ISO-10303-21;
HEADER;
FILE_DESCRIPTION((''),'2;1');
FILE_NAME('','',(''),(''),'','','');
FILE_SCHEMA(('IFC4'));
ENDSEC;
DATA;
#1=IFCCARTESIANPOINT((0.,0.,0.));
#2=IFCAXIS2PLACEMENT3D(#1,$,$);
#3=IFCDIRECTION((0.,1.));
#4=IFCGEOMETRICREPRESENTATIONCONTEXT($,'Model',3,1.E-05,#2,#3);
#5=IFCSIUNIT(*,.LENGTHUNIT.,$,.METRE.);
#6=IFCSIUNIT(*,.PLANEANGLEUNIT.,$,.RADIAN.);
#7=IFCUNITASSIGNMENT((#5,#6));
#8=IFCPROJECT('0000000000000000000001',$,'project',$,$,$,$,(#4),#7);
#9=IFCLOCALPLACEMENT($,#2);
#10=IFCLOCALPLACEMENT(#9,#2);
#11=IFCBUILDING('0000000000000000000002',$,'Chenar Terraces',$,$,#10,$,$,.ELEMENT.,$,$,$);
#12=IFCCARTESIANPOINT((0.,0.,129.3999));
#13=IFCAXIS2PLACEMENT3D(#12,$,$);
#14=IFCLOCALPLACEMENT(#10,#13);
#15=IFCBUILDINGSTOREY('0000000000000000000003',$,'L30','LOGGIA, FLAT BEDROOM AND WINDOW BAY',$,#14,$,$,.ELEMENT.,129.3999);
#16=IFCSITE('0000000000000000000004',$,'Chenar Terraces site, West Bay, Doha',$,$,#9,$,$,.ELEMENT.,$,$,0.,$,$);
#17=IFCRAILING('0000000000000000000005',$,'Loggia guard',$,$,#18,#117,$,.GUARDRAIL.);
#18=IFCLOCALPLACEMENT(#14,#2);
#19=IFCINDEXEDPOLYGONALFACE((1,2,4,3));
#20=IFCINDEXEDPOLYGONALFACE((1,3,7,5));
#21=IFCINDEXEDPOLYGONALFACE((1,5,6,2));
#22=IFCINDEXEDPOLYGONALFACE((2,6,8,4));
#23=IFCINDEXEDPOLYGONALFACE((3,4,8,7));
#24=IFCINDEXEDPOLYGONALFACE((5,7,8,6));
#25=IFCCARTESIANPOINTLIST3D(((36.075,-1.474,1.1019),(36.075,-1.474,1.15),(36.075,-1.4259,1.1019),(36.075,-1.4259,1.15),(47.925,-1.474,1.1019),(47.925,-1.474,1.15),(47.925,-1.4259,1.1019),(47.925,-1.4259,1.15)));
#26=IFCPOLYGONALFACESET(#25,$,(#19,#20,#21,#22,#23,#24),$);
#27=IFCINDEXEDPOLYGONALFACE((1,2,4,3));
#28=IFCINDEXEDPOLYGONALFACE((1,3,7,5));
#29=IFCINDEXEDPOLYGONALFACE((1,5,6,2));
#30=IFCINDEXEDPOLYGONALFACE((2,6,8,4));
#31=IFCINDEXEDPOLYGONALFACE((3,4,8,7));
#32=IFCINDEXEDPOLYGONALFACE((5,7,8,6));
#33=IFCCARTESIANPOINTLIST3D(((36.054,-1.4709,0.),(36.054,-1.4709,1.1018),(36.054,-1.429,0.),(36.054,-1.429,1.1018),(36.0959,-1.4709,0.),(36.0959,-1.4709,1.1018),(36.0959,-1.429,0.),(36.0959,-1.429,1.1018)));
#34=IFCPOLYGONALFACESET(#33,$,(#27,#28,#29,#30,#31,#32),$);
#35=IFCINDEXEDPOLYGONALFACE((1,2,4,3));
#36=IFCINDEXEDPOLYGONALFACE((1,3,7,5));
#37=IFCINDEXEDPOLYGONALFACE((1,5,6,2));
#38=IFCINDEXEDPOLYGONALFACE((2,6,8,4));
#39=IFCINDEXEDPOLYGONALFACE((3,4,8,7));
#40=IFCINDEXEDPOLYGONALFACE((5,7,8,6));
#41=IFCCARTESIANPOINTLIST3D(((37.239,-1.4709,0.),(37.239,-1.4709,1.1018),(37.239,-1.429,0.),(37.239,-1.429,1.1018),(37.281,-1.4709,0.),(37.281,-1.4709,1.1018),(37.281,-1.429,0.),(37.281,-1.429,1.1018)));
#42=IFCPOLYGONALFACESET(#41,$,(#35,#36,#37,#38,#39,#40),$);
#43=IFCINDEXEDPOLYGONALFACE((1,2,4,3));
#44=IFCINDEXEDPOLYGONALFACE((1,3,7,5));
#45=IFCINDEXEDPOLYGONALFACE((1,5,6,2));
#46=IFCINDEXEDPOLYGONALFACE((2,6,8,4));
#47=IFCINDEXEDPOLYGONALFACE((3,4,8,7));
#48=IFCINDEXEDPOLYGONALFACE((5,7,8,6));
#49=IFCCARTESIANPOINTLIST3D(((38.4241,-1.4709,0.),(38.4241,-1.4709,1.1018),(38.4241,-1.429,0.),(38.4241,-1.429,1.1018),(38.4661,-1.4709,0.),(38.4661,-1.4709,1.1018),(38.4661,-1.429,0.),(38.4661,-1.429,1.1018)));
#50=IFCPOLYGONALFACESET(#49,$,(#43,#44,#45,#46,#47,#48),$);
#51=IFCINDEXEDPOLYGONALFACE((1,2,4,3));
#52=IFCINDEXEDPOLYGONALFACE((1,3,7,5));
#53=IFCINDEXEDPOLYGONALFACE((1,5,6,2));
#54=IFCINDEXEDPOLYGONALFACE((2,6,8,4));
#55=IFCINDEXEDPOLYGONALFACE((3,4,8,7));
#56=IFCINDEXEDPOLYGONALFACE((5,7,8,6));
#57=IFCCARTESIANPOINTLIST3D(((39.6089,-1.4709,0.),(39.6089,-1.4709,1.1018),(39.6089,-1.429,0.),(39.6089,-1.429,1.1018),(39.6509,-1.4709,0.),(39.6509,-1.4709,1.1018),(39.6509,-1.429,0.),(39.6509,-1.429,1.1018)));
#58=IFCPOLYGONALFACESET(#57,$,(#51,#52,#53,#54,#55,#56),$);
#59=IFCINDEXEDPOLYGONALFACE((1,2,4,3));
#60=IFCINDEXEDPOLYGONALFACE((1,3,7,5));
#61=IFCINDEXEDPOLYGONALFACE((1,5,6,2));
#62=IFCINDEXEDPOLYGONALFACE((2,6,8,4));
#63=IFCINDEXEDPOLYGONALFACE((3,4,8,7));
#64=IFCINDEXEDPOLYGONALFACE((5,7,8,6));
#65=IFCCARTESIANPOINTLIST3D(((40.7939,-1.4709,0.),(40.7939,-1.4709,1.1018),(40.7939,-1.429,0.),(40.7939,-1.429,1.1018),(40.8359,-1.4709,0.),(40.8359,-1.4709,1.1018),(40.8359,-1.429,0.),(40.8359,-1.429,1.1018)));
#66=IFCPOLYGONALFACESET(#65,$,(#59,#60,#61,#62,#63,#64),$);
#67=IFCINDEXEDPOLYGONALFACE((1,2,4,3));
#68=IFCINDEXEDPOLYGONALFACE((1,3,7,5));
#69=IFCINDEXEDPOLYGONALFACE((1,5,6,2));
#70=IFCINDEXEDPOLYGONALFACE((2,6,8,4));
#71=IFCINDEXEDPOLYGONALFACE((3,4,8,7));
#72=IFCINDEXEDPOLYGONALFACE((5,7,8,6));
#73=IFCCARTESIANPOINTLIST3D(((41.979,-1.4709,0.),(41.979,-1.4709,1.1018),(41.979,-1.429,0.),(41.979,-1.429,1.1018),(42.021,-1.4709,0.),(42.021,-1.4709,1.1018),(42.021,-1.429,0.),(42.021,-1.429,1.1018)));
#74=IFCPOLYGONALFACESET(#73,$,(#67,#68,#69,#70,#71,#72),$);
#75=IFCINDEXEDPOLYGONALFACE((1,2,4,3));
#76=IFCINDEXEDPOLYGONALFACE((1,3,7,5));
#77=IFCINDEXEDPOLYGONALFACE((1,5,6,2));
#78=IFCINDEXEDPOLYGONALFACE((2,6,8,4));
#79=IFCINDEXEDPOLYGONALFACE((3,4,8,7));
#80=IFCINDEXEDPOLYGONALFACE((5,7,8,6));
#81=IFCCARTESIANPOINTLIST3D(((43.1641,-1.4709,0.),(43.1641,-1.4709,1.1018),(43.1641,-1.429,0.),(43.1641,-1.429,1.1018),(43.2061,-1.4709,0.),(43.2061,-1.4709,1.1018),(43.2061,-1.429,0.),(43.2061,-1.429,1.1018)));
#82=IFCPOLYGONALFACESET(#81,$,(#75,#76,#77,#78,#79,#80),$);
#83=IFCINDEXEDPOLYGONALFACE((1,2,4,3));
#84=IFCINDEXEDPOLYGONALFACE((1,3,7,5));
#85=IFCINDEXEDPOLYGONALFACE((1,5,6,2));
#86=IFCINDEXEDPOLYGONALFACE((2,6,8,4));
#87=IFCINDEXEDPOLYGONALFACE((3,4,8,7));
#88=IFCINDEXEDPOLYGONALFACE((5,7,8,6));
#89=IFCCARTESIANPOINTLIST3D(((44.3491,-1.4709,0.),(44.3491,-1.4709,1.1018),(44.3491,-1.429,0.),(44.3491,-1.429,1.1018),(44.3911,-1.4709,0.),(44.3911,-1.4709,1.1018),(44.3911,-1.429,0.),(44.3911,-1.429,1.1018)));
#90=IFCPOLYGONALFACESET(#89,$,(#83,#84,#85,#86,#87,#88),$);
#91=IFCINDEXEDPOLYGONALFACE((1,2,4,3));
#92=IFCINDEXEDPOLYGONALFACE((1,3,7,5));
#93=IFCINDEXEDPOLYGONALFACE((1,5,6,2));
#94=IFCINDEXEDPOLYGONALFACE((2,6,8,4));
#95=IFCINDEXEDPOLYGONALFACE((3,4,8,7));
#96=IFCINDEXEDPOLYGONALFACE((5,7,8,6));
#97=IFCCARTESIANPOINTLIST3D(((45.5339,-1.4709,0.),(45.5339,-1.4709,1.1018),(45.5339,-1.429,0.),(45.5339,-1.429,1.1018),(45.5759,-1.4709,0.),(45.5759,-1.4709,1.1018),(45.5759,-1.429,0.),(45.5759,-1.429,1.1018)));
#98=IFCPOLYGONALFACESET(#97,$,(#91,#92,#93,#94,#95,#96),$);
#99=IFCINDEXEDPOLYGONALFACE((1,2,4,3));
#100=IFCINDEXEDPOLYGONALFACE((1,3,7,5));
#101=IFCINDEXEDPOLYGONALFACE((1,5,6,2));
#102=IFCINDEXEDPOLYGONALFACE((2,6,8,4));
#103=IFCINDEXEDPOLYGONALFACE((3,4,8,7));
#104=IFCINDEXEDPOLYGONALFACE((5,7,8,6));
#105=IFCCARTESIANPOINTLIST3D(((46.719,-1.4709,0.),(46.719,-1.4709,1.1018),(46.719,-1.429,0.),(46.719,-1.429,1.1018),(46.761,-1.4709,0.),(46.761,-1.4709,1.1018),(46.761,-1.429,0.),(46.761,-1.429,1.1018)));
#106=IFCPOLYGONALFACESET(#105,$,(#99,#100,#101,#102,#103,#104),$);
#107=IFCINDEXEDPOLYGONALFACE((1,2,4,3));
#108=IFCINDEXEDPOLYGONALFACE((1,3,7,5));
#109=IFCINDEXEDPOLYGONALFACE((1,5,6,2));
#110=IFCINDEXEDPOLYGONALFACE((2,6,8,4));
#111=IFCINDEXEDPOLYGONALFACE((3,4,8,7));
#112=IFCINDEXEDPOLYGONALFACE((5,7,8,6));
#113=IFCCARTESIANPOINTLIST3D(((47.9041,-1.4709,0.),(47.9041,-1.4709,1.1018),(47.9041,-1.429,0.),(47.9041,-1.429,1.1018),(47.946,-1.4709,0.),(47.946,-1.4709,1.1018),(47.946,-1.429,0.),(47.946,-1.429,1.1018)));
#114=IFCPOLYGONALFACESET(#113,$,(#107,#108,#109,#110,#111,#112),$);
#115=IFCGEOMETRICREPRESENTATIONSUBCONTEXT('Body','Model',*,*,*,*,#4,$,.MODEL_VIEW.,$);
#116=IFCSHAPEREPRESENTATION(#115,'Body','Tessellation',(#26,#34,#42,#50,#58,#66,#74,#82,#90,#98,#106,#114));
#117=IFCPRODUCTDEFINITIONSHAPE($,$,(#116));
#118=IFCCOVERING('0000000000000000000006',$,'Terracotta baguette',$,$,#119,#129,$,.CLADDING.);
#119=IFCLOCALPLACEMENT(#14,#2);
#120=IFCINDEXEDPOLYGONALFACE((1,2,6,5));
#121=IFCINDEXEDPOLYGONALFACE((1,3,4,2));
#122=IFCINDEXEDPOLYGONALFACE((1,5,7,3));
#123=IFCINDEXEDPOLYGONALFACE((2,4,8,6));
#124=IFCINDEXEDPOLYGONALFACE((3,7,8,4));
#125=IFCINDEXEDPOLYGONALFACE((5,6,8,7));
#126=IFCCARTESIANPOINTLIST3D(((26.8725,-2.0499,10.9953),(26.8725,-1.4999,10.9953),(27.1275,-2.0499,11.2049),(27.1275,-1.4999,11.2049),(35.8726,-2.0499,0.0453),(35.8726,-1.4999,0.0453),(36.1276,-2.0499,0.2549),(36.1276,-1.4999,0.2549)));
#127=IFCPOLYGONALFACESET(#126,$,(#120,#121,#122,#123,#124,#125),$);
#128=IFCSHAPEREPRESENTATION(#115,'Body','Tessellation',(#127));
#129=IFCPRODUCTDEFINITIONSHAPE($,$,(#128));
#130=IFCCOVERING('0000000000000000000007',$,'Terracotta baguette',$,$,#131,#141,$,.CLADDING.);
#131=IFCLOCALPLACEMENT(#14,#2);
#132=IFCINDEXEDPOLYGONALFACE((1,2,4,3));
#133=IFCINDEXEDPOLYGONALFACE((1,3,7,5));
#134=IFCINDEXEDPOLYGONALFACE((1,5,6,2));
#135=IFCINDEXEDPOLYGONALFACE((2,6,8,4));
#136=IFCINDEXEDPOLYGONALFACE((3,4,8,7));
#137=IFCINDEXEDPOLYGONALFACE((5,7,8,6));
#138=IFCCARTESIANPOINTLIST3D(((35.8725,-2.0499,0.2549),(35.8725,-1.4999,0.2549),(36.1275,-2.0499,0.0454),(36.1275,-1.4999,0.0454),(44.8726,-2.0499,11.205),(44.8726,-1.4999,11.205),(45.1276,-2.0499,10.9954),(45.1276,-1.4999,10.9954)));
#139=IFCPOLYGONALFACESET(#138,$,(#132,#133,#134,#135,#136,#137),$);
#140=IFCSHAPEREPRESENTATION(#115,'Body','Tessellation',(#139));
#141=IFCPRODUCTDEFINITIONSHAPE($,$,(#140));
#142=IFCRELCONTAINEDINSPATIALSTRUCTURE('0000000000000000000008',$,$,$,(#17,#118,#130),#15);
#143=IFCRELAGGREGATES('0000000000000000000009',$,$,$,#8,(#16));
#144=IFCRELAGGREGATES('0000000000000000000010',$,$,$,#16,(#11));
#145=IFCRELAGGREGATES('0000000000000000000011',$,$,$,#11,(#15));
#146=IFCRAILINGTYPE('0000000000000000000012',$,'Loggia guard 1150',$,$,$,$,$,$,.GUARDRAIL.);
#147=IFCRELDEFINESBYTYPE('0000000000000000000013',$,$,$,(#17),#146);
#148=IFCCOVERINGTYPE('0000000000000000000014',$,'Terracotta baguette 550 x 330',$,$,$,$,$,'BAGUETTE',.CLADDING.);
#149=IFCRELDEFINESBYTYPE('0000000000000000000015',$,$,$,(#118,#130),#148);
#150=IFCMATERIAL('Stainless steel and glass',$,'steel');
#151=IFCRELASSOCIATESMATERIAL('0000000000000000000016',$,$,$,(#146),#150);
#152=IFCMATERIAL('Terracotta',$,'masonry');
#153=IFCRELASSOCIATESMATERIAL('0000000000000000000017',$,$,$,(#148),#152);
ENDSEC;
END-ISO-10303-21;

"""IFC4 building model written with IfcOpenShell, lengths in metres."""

from ifc_helpers import new_model, si_unit, direction, frame, origin, origin_2d, place, context, subcontext, project, spatial, rectangle, extrude, material, material_profile, profile_set, type_object, element, save


model = new_model("IFC4")

# Units and contexts
model_context = context("Model", 3, precision=1e-05, world=origin(), true_north=direction((0.0, 1.0)))
body_context = subcontext(model_context, "Body", "Model", "MODEL_VIEW")
ifc_project = project(units=[si_unit("LENGTHUNIT", "METRE"), si_unit("PLANEANGLEUNIT", "RADIAN")], contexts=[model_context])

# Site, building, storey
site_placement = place(None, origin())
site = spatial("IfcSite", under=ifc_project, at=site_placement, Name="Chenar Terraces site, West Bay, Doha", CompositionType="ELEMENT", RefElevation=0.0)
building_placement = place(site_placement, origin())
building = spatial("IfcBuilding", under=site, at=building_placement, Name="Chenar Terraces", CompositionType="ELEMENT")
storey_placement = place(building_placement, frame((0.0, 0.0, 129.3999)))
storey = spatial("IfcBuildingStorey", under=building, at=storey_placement, Name="L30", Description="LOGGIA, FLAT BEDROOM AND WINDOW BAY", CompositionType="ELEMENT", Elevation=129.3999)

# Railing
ifc_material_1 = material(Name="Stainless steel and glass", Category="steel")
railing_type = type_object("IfcRailingType", Name="Loggia guard 1150", PredefinedType="GUARDRAIL", material=ifc_material_1)
railing_placement = place(storey_placement, frame((36.075, -1.45, 0.0)))
element("IfcRailing", 1, at=railing_placement, inside=storey, type_object=railing_type, Name="Loggia guard", PredefinedType="GUARDRAIL", context=body_context, shape_type="SweptSolid", body=[
    extrude(rectangle(XDim=0.0481, YDim=0.0481, at=origin_2d()), frame((0.0, 0.0, 1.126), z_axis=(1.0, 0.0, 0.0), x_axis=(0.0, 1.0, 0.0)), (0.0, 0.0, 1.0), 11.8501),
    extrude(rectangle(XDim=0.042, YDim=0.042, at=origin_2d()), origin(), (0.0, 0.0, 1.0), 1.1018),
    extrude(rectangle(XDim=0.042, YDim=0.042, at=origin_2d()), frame((1.1851, 0.0, 0.0)), (0.0, 0.0, 1.0), 1.1018),
    extrude(rectangle(XDim=0.042, YDim=0.042, at=origin_2d()), frame((2.3701, 0.0, 0.0)), (0.0, 0.0, 1.0), 1.1018),
    extrude(rectangle(XDim=0.042, YDim=0.042, at=origin_2d()), frame((3.5549, 0.0, 0.0)), (0.0, 0.0, 1.0), 1.1018),
    extrude(rectangle(XDim=0.042, YDim=0.042, at=origin_2d()), frame((4.74, 0.0, 0.0)), (0.0, 0.0, 1.0), 1.1018),
    extrude(rectangle(XDim=0.042, YDim=0.042, at=origin_2d()), frame((5.925, 0.0, 0.0)), (0.0, 0.0, 1.0), 1.1018),
    extrude(rectangle(XDim=0.042, YDim=0.042, at=origin_2d()), frame((7.1101, 0.0, 0.0)), (0.0, 0.0, 1.0), 1.1018),
    extrude(rectangle(XDim=0.042, YDim=0.042, at=origin_2d()), frame((8.2952, 0.0, 0.0)), (0.0, 0.0, 1.0), 1.1018),
    extrude(rectangle(XDim=0.042, YDim=0.042, at=origin_2d()), frame((9.48, 0.0, 0.0)), (0.0, 0.0, 1.0), 1.1018),
    extrude(rectangle(XDim=0.042, YDim=0.042, at=origin_2d()), frame((10.665, 0.0, 0.0)), (0.0, 0.0, 1.0), 1.1018),
    extrude(rectangle(XDim=0.042, YDim=0.042, at=origin_2d()), frame((11.8501, 0.0, 0.0)), (0.0, 0.0, 1.0), 1.1018),
])

# Coverings
ifc_material_2 = material(Name="Terracotta", Category="masonry")
ifc_material_profile_1 = material_profile(ifc_material_2, rectangle(XDim=0.55, YDim=0.3301, at=origin_2d()), Name="Terracotta baguette 550 x 330")
ifc_profile_set_1 = profile_set([ifc_material_profile_1], Name="Terracotta")
covering_type = type_object("IfcCoveringType", Name="Terracotta baguette 550 x 330", ElementType="BAGUETTE", PredefinedType="CLADDING", material=ifc_profile_set_1)
for number, where, z_axis, x_axis, name in (
    (2, (27.0, -1.7749, 11.1001), (0.634967, 0.0, -0.772539), (0.0, 1.0, 0.0), "Terracotta baguette"),
    (3, (36.0, -1.7749, 0.1501), (0.634967, 0.0, 0.772539), (0.0, 1.0, 0.0), "Terracotta baguette"),
):
    element("IfcCovering", number, at=place(storey_placement, frame(where, z_axis=z_axis, x_axis=x_axis)), inside=storey, type_object=covering_type, Name=name, PredefinedType="CLADDING", context=body_context, shape_type="SweptSolid", body=[
        extrude(rectangle(XDim=0.55, YDim=0.3301, at=origin_2d()), origin(), (0.0, 0.0, 1.0), 14.1741),
    ])

save(model, "model.ifc")
